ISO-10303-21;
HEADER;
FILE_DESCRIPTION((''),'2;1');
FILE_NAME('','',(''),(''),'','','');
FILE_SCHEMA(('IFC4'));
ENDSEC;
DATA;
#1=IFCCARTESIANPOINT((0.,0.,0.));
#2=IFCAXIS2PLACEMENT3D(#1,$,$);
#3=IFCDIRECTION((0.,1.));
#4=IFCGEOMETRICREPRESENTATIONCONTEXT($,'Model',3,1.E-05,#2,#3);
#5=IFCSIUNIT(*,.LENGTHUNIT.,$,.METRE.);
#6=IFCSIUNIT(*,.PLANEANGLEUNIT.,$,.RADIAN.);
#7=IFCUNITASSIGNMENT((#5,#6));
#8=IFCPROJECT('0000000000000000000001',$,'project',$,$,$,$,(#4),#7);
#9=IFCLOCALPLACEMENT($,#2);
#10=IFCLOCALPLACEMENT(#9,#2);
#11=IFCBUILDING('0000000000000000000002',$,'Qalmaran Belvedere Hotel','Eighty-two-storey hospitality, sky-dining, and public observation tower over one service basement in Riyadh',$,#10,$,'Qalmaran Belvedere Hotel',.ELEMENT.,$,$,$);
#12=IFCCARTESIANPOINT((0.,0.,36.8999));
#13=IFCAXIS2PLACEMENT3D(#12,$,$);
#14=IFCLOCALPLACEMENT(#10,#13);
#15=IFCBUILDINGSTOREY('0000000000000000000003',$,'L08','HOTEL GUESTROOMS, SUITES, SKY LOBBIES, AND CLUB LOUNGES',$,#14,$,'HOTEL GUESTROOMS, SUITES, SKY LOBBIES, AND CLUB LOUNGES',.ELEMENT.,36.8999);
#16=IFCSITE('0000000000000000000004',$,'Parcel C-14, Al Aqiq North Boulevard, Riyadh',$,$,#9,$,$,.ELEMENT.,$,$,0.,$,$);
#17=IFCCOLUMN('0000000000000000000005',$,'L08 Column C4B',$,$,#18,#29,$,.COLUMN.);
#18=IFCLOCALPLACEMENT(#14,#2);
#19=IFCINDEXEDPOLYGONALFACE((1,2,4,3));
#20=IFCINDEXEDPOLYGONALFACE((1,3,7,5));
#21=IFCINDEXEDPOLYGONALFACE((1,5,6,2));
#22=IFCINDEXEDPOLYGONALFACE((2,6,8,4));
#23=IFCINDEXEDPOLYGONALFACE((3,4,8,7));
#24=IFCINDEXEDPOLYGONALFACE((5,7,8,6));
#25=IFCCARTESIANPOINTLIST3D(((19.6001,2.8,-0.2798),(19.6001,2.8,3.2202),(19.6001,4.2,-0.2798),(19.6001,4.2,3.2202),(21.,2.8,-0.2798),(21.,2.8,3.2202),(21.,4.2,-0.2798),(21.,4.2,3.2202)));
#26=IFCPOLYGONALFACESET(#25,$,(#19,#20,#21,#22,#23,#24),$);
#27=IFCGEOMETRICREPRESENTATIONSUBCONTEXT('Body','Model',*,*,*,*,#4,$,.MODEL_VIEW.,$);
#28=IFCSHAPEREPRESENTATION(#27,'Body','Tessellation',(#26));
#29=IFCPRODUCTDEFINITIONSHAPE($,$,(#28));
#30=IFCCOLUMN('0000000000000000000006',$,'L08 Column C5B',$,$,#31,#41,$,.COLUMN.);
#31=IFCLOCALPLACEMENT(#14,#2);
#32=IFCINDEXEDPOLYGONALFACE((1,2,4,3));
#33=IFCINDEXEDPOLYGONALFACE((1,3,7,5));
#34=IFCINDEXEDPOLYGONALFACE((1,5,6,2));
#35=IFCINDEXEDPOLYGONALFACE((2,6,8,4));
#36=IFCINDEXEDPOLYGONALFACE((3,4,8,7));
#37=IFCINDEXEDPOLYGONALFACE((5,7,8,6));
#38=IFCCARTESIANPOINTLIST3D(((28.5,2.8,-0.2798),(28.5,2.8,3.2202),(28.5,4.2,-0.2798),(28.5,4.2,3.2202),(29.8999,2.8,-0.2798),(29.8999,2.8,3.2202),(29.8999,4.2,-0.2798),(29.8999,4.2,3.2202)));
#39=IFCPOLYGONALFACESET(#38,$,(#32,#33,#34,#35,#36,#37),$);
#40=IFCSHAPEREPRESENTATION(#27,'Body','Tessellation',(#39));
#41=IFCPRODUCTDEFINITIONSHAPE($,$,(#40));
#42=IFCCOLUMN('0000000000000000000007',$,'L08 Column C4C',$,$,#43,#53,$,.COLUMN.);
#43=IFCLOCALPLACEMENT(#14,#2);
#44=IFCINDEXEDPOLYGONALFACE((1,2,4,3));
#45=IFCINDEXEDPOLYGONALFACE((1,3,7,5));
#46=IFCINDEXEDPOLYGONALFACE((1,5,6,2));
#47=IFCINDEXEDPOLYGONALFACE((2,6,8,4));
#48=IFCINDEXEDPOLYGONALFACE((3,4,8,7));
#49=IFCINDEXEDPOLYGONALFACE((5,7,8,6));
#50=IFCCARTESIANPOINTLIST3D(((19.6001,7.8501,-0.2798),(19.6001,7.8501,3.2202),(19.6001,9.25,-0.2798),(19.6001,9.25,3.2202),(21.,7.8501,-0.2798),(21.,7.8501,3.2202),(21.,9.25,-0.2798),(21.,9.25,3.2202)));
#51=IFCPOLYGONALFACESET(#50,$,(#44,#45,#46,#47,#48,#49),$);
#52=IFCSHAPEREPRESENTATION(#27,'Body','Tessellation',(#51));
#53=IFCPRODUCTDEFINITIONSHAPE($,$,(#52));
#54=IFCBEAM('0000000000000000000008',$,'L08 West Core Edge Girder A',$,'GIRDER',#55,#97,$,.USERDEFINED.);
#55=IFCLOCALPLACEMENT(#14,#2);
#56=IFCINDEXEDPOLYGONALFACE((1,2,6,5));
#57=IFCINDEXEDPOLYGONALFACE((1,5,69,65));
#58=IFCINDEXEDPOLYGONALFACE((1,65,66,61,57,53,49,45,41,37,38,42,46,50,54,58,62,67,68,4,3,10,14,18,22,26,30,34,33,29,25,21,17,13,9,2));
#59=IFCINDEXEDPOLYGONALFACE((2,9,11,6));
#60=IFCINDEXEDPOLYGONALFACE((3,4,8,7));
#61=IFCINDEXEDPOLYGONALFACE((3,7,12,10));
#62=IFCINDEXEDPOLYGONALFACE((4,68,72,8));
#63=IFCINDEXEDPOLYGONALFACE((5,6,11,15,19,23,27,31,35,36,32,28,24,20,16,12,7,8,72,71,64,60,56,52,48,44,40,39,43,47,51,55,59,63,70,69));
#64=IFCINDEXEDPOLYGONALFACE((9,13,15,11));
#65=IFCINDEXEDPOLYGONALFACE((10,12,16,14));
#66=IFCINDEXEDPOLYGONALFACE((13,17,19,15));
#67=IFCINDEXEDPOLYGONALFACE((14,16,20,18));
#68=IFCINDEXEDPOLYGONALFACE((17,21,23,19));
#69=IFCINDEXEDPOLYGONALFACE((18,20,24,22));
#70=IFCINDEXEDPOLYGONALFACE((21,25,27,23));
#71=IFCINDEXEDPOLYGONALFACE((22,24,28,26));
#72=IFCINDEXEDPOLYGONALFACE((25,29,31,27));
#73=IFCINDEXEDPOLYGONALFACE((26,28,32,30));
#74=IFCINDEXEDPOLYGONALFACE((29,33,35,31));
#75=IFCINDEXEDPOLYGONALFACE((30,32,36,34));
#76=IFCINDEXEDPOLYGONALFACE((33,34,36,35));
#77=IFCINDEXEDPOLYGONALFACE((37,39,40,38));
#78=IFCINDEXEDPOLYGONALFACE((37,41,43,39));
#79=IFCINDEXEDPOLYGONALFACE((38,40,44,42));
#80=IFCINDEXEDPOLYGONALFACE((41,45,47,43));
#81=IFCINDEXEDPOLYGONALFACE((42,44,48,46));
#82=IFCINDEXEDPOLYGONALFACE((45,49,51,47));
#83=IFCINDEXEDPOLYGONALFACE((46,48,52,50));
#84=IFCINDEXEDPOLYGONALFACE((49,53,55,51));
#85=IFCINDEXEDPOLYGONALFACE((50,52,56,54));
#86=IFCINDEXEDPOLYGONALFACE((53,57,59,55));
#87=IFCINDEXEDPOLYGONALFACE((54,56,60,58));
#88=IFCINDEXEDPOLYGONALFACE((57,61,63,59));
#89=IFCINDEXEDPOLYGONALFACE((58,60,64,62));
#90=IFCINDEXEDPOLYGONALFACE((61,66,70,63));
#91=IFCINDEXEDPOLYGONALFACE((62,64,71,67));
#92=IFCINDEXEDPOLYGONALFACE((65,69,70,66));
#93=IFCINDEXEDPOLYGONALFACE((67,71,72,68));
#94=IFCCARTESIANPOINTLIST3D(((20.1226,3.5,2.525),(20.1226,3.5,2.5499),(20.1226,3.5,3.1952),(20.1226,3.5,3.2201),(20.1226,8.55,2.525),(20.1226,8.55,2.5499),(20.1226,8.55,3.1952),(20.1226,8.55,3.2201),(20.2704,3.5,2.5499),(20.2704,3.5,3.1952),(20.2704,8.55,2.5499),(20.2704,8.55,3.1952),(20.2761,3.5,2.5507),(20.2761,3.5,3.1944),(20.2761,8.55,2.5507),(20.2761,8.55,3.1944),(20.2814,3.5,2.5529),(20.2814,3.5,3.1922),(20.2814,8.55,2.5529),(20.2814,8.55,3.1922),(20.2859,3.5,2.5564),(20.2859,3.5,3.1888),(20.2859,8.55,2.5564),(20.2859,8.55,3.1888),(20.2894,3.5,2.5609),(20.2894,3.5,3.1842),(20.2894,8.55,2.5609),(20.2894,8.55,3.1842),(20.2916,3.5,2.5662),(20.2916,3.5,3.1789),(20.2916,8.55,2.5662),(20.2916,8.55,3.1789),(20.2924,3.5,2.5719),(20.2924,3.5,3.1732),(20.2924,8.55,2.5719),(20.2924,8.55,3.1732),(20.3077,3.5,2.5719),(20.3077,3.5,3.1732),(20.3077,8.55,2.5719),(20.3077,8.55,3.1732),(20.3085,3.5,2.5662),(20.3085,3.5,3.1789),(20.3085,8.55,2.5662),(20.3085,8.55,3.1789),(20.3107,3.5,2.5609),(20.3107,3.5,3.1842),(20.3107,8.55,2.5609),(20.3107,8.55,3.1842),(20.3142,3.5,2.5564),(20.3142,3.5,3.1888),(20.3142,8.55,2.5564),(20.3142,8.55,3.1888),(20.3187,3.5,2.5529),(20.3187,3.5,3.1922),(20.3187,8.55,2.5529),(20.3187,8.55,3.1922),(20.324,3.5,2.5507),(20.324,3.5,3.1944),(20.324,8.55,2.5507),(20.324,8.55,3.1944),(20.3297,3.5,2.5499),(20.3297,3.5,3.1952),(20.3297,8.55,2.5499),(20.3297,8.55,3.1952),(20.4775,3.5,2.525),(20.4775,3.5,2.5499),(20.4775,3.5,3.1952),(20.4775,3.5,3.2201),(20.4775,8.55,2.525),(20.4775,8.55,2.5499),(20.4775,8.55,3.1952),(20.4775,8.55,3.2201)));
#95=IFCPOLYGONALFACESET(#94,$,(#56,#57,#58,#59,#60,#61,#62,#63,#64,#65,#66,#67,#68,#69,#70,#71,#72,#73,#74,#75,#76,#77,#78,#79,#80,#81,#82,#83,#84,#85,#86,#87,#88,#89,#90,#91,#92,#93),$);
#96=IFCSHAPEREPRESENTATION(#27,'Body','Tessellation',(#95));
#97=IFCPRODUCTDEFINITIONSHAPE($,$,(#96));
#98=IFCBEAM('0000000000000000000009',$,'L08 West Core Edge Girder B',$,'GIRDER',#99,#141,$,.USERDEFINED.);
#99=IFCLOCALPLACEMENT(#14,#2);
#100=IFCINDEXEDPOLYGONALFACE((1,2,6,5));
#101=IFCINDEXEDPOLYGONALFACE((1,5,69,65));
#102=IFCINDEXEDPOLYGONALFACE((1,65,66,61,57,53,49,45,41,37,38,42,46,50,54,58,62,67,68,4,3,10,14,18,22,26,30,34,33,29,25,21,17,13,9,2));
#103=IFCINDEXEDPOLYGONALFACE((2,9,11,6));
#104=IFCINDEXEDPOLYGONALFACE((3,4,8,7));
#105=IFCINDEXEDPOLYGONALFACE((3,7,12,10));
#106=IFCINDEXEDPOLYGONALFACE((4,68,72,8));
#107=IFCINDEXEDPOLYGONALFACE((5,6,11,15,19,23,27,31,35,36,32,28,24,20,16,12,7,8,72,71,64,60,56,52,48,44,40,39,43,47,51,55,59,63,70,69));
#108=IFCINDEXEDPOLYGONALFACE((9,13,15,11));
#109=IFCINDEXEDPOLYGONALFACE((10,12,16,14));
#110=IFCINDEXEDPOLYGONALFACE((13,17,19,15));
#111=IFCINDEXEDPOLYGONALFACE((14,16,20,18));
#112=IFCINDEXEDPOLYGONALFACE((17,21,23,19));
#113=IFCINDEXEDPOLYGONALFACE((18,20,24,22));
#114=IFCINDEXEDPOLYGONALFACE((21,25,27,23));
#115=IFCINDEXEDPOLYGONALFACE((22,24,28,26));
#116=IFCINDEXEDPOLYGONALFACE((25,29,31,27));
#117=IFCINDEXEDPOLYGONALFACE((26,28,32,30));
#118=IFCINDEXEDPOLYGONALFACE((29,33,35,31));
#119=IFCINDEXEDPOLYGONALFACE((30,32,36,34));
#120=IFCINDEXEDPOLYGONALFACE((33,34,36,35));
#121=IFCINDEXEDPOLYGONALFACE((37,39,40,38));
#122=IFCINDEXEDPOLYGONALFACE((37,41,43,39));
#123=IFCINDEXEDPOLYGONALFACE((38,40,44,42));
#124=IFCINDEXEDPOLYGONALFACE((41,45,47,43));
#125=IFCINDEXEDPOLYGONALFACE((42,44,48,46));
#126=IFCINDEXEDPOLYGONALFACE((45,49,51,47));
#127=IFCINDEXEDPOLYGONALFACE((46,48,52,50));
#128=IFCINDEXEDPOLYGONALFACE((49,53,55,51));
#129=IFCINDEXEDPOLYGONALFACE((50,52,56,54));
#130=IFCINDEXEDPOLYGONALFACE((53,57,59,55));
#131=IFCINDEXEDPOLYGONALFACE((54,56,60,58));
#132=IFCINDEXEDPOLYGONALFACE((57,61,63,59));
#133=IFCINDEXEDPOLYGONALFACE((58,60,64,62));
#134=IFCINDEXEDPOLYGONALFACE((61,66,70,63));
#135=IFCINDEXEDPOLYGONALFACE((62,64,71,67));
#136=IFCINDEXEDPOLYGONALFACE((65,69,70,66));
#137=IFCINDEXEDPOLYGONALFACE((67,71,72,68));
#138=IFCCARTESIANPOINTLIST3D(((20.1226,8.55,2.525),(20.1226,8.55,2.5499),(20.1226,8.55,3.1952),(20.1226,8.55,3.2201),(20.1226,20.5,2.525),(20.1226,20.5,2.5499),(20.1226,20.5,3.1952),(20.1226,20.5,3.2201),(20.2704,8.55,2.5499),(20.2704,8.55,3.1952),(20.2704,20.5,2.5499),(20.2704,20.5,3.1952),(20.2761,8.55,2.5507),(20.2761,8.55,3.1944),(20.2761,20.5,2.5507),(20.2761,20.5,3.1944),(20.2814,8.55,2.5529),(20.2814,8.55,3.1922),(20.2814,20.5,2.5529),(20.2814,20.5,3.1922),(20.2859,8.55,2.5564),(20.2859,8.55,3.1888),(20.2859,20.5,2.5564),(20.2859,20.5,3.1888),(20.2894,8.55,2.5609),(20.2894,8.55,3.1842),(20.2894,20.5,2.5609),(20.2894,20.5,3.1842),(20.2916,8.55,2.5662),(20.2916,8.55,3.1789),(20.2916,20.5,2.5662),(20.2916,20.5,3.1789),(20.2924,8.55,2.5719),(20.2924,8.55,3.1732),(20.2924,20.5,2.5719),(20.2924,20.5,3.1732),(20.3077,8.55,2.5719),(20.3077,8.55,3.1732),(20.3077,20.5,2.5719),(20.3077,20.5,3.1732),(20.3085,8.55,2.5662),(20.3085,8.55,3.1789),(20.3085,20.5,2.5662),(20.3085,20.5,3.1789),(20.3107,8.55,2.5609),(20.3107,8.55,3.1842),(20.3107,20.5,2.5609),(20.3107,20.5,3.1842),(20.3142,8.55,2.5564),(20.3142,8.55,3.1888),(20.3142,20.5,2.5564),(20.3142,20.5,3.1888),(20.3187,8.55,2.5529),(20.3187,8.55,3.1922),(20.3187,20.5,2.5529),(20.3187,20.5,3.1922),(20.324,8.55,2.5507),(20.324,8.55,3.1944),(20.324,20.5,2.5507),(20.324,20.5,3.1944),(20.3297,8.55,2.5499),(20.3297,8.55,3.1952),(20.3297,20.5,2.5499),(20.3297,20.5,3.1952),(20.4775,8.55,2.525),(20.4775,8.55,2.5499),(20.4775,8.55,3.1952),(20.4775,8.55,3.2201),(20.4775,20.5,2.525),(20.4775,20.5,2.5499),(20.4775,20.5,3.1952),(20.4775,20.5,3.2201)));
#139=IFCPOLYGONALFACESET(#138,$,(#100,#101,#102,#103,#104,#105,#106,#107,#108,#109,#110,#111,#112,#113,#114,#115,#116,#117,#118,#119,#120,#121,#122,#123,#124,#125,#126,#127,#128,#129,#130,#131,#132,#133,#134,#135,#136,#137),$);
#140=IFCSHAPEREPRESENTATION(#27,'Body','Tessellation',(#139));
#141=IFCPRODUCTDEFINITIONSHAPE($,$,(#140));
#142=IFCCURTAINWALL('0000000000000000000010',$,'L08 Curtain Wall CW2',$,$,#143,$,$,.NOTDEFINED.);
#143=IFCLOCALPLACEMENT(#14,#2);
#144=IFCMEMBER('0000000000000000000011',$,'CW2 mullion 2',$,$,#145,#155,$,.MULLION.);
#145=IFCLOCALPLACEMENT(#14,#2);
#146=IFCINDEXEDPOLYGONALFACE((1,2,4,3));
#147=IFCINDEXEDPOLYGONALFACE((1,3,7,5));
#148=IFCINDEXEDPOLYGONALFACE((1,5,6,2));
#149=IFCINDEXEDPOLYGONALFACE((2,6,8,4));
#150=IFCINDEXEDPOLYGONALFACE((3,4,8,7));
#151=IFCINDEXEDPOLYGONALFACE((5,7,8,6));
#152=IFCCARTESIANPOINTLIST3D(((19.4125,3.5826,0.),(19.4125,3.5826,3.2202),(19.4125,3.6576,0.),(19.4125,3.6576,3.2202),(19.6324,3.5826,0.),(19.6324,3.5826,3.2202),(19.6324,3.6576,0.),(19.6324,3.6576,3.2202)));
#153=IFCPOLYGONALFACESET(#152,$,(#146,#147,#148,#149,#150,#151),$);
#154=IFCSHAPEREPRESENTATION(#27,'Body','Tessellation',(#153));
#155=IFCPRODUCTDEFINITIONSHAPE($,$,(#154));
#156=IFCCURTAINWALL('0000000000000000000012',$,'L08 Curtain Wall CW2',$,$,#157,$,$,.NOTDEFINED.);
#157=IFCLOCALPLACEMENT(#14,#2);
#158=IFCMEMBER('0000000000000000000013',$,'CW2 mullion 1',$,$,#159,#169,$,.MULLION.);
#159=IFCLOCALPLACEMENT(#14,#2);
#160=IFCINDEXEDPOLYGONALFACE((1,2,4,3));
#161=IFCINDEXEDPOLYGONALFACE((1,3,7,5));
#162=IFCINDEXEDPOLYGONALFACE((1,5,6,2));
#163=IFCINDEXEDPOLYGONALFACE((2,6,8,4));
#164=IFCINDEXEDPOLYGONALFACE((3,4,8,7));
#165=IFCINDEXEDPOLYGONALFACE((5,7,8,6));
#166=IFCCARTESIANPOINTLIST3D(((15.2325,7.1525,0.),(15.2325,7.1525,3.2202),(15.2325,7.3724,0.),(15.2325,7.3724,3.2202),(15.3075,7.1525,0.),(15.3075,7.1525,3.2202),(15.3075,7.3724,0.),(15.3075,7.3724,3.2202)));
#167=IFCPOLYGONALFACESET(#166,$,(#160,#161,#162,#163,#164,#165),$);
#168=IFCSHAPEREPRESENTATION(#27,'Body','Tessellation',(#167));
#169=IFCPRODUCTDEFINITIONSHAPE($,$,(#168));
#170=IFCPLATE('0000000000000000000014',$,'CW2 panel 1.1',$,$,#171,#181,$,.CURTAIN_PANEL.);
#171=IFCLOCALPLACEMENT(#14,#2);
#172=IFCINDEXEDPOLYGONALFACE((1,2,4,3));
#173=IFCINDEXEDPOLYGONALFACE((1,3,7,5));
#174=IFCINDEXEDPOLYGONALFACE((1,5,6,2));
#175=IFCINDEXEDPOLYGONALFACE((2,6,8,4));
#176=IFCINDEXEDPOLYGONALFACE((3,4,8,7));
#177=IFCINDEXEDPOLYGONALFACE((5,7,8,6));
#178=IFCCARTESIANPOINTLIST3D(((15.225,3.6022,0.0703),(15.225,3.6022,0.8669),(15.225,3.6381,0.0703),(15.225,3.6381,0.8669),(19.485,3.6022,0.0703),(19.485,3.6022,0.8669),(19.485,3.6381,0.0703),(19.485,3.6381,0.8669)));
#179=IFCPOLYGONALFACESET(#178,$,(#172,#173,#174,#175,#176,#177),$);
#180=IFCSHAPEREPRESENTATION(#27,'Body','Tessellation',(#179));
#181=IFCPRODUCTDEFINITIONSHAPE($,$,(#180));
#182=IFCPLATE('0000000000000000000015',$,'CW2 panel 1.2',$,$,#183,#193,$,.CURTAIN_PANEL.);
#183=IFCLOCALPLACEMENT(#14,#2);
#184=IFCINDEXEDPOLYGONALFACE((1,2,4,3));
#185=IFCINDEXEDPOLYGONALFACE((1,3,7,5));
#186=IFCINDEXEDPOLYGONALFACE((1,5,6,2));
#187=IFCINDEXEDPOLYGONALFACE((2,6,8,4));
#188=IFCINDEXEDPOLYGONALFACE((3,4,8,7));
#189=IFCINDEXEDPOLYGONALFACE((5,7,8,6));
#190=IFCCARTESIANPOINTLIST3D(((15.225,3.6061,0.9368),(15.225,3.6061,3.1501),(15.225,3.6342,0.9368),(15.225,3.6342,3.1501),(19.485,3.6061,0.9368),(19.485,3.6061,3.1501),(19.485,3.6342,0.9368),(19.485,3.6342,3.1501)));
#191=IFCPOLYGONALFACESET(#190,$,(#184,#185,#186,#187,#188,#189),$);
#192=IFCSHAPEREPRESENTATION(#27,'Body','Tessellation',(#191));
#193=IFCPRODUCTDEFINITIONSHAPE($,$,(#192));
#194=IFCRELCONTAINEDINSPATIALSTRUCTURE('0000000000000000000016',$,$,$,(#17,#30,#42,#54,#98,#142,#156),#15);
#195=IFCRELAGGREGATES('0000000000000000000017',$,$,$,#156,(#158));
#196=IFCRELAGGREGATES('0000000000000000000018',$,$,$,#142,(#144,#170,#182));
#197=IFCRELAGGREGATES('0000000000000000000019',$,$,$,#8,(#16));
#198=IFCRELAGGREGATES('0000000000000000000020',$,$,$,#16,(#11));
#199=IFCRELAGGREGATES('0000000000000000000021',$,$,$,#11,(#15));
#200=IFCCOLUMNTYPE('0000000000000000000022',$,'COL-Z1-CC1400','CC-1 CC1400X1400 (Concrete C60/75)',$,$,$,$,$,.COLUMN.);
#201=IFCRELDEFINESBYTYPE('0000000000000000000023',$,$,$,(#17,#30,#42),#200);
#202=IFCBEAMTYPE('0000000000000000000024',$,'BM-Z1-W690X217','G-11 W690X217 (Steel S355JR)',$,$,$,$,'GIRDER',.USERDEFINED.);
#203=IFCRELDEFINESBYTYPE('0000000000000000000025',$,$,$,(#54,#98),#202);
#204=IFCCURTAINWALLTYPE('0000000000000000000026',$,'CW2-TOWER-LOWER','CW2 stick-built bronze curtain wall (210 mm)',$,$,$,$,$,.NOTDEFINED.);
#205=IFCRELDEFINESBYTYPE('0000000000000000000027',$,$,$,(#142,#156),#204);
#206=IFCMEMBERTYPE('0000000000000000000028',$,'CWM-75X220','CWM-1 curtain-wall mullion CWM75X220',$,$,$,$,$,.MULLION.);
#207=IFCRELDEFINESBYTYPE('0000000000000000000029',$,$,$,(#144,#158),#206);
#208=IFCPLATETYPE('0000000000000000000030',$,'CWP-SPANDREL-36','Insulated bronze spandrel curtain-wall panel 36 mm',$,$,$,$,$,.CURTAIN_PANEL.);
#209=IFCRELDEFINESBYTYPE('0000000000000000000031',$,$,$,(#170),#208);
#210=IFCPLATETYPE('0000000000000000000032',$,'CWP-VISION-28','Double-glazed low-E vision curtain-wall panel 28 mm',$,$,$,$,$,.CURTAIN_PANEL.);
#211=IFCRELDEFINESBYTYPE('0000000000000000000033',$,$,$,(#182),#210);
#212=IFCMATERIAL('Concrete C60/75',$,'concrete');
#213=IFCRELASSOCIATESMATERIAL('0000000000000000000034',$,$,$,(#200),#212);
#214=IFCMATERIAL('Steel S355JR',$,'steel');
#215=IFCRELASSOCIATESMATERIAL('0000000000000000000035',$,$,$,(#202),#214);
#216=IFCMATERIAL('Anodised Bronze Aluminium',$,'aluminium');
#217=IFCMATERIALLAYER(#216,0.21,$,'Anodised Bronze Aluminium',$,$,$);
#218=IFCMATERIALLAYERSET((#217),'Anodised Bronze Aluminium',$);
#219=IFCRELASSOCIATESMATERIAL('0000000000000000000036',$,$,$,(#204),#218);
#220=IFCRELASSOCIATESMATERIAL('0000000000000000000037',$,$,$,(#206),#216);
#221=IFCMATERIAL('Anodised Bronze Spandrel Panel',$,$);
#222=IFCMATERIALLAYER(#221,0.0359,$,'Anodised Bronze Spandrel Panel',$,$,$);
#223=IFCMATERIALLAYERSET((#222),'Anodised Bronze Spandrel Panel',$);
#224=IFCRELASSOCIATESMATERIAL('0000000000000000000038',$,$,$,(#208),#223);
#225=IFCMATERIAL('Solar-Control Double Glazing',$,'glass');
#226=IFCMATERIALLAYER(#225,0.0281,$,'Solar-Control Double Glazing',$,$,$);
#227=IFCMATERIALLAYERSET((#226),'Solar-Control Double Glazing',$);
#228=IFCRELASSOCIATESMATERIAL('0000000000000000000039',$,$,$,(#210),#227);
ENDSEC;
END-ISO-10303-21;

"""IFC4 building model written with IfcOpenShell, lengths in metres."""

from ifc_helpers import new_model, si_unit, direction, frame, origin, origin_2d, place, context, subcontext, project, spatial, rectangle, i_section, extrude, material, layer, layer_set, material_profile, profile_set, type_object, element, aggregate, save


model = new_model("IFC4")

# Units and contexts
model_context = context("Model", 3, precision=1e-05, world=origin(), true_north=direction((0.0, 1.0)))
body_context = subcontext(model_context, "Body", "Model", "MODEL_VIEW")
ifc_project = project(units=[si_unit("LENGTHUNIT", "METRE"), si_unit("PLANEANGLEUNIT", "RADIAN")], contexts=[model_context])

# Site, building, storey
site_placement = place(None, origin())
site = spatial("IfcSite", under=ifc_project, at=site_placement, Name="Parcel C-14, Al Aqiq North Boulevard, Riyadh", CompositionType="ELEMENT", RefElevation=0.0)
building_placement = place(site_placement, origin())
building = spatial("IfcBuilding", under=site, at=building_placement, Name="Qalmaran Belvedere Hotel", Description="Eighty-two-storey hospitality, sky-dining, and public observation tower over one service basement in Riyadh", LongName="Qalmaran Belvedere Hotel", CompositionType="ELEMENT")
storey_placement = place(building_placement, frame((0.0, 0.0, 36.8999)))
storey = spatial("IfcBuildingStorey", under=building, at=storey_placement, Name="L08", Description="HOTEL GUESTROOMS, SUITES, SKY LOBBIES, AND CLUB LOUNGES", LongName="HOTEL GUESTROOMS, SUITES, SKY LOBBIES, AND CLUB LOUNGES", CompositionType="ELEMENT", Elevation=36.8999)

# Columns
ifc_material_1 = material(Name="Concrete C60/75", Category="concrete")
ifc_material_profile_1 = material_profile(ifc_material_1, rectangle(XDim=1.3999, YDim=1.3999, at=origin_2d()), Name="CC1400X1400")
ifc_profile_set_1 = profile_set([ifc_material_profile_1], Name="Concrete C60/75")
column_type = type_object("IfcColumnType", Name="COL-Z1-CC1400", Description="CC-1 CC1400X1400 (Concrete C60/75)", PredefinedType="COLUMN", material=ifc_profile_set_1)
for number, where, z_axis, x_axis, name in (
    (1, (20.3, 3.5, -0.2798), (0.0, 0.0, 1.0), (1.0, 0.0, 0.0), "L08 Column C4B"),
    (2, (29.2, 3.5, -0.2798), (0.0, 0.0, 1.0), (1.0, 0.0, 0.0), "L08 Column C5B"),
    (3, (20.3, 8.55, -0.2798), (0.0, 0.0, 1.0), (1.0, 0.0, 0.0), "L08 Column C4C"),
):
    element("IfcColumn", number, at=place(storey_placement, frame(where, z_axis=z_axis, x_axis=x_axis)), inside=storey, type_object=column_type, Name=name, PredefinedType="COLUMN", context=body_context, shape_type="SweptSolid", body=[
        extrude(rectangle(XDim=1.3999, YDim=1.3999, at=origin_2d()), origin(), (0.0, 0.0, 1.0), 3.5),
    ])

# Beams
ifc_material_2 = material(Name="Steel S355JR", Category="steel")
ifc_material_profile_2 = material_profile(ifc_material_2, i_section(OverallWidth=0.355, OverallDepth=0.6951, WebThickness=0.0154, FlangeThickness=0.0249, FilletRadius=0.022, at=origin_2d()), Name="W690X217")
ifc_profile_set_2 = profile_set([ifc_material_profile_2], Name="Steel S355JR")
beam_type = type_object("IfcBeamType", Name="BM-Z1-W690X217", Description="G-11 W690X217 (Steel S355JR)", ElementType="GIRDER", PredefinedType="USERDEFINED", material=ifc_profile_set_2)
beam_1_placement = place(storey_placement, frame((20.3, 3.5, 2.8726), z_axis=(0.0, 1.0, 0.0), x_axis=(-1.0, 0.0, 0.0)))
element("IfcBeam", 4, at=beam_1_placement, inside=storey, type_object=beam_type, Name="L08 West Core Edge Girder A", ObjectType="GIRDER", PredefinedType="USERDEFINED", context=body_context, shape_type="SweptSolid", body=[
    extrude(i_section(OverallWidth=0.355, OverallDepth=0.6951, WebThickness=0.0154, FlangeThickness=0.0249, FilletRadius=0.022, at=origin_2d()), origin(), (0.0, 0.0, 1.0), 5.05),
])
beam_2_placement = place(storey_placement, frame((20.3, 8.55, 2.8726), z_axis=(0.0, 1.0, 0.0), x_axis=(-1.0, 0.0, 0.0)))
element("IfcBeam", 5, at=beam_2_placement, inside=storey, type_object=beam_type, Name="L08 West Core Edge Girder B", ObjectType="GIRDER", PredefinedType="USERDEFINED", context=body_context, shape_type="SweptSolid", body=[
    extrude(i_section(OverallWidth=0.355, OverallDepth=0.6951, WebThickness=0.0154, FlangeThickness=0.0249, FilletRadius=0.022, at=origin_2d()), origin(), (0.0, 0.0, 1.0), 11.95),
])

# Curtain walls, members
ifc_material_3 = material(Name="Anodised Bronze Aluminium", Category="aluminium")
ifc_layer_1 = layer(ifc_material_3, 0.21, Name="Anodised Bronze Aluminium")
ifc_layer_set_1 = layer_set([ifc_layer_1], Name="Anodised Bronze Aluminium")
curtain_wall_type = type_object("IfcCurtainWallType", Name="CW2-TOWER-LOWER", Description="CW2 stick-built bronze curtain wall (210 mm)", PredefinedType="NOTDEFINED", material=ifc_layer_set_1)
curtain_wall_1_placement = place(storey_placement, origin())
curtain_wall_1 = element("IfcCurtainWall", 6, at=curtain_wall_1_placement, inside=storey, type_object=curtain_wall_type, Name="L08 Curtain Wall CW2", PredefinedType="NOTDEFINED")
ifc_material_profile_3 = material_profile(ifc_material_3, rectangle(XDim=0.075, YDim=0.22, at=origin_2d()), Name="CWM75X220")
ifc_profile_set_3 = profile_set([ifc_material_profile_3], Name="Anodised Bronze Aluminium")
member_type = type_object("IfcMemberType", Name="CWM-75X220", Description="CWM-1 curtain-wall mullion CWM75X220", PredefinedType="MULLION", material=ifc_profile_set_3)
member_1_placement = place(storey_placement, frame((19.5225, 3.6201, 0.0), z_axis=(0.0, 0.0, 1.0), x_axis=(0.0, 1.0, 0.0)))
member_1 = element("IfcMember", 7, at=member_1_placement, type_object=member_type, Name="CW2 mullion 2", PredefinedType="MULLION", context=body_context, shape_type="SweptSolid", body=[
    extrude(rectangle(XDim=0.075, YDim=0.22, at=origin_2d()), origin(), (0.0, 0.0, 1.0), 3.2202),
])
curtain_wall_2_placement = place(storey_placement, origin())
curtain_wall_2 = element("IfcCurtainWall", 8, at=curtain_wall_2_placement, inside=storey, type_object=curtain_wall_type, Name="L08 Curtain Wall CW2", PredefinedType="NOTDEFINED")
member_2_placement = place(storey_placement, frame((15.27, 7.2625, 0.0), z_axis=(0.0, 0.0, 1.0), x_axis=(1.0, 0.0, 0.0)))
member_2 = element("IfcMember", 9, at=member_2_placement, type_object=member_type, Name="CW2 mullion 1", PredefinedType="MULLION", context=body_context, shape_type="SweptSolid", body=[
    extrude(rectangle(XDim=0.075, YDim=0.22, at=origin_2d()), origin(), (0.0, 0.0, 1.0), 3.2202),
])
aggregate(curtain_wall_2, [member_2])

# Plates
ifc_material_4 = material(Name="Anodised Bronze Spandrel Panel")
ifc_layer_2 = layer(ifc_material_4, 0.0359, Name="Anodised Bronze Spandrel Panel")
ifc_layer_set_2 = layer_set([ifc_layer_2], Name="Anodised Bronze Spandrel Panel")
plate_type_1 = type_object("IfcPlateType", Name="CWP-SPANDREL-36", Description="Insulated bronze spandrel curtain-wall panel 36 mm", PredefinedType="CURTAIN_PANEL", material=ifc_layer_set_2)
plate_1_placement = place(storey_placement, frame((17.355, 3.6201, 0.0703), z_axis=(0.0, 0.0, 1.0), x_axis=(1.0, 0.0, 0.0)))
plate_1 = element("IfcPlate", 10, at=plate_1_placement, type_object=plate_type_1, Name="CW2 panel 1.1", PredefinedType="CURTAIN_PANEL", context=body_context, shape_type="SweptSolid", body=[
    extrude(rectangle(XDim=4.26, YDim=0.0359, at=origin_2d()), origin(), (0.0, 0.0, 1.0), 0.7966),
])
ifc_material_5 = material(Name="Solar-Control Double Glazing", Category="glass")
ifc_layer_3 = layer(ifc_material_5, 0.0281, Name="Solar-Control Double Glazing")
ifc_layer_set_3 = layer_set([ifc_layer_3], Name="Solar-Control Double Glazing")
plate_type_2 = type_object("IfcPlateType", Name="CWP-VISION-28", Description="Double-glazed low-E vision curtain-wall panel 28 mm", PredefinedType="CURTAIN_PANEL", material=ifc_layer_set_3)
plate_2_placement = place(storey_placement, frame((17.355, 3.6201, 0.9368), z_axis=(0.0, 0.0, 1.0), x_axis=(1.0, 0.0, 0.0)))
plate_2 = element("IfcPlate", 11, at=plate_2_placement, type_object=plate_type_2, Name="CW2 panel 1.2", PredefinedType="CURTAIN_PANEL", context=body_context, shape_type="SweptSolid", body=[
    extrude(rectangle(XDim=4.26, YDim=0.0281, at=origin_2d()), origin(), (0.0, 0.0, 1.0), 2.2134),
])
aggregate(curtain_wall_1, [member_1, plate_1, plate_2])

save(model, "model.ifc")
